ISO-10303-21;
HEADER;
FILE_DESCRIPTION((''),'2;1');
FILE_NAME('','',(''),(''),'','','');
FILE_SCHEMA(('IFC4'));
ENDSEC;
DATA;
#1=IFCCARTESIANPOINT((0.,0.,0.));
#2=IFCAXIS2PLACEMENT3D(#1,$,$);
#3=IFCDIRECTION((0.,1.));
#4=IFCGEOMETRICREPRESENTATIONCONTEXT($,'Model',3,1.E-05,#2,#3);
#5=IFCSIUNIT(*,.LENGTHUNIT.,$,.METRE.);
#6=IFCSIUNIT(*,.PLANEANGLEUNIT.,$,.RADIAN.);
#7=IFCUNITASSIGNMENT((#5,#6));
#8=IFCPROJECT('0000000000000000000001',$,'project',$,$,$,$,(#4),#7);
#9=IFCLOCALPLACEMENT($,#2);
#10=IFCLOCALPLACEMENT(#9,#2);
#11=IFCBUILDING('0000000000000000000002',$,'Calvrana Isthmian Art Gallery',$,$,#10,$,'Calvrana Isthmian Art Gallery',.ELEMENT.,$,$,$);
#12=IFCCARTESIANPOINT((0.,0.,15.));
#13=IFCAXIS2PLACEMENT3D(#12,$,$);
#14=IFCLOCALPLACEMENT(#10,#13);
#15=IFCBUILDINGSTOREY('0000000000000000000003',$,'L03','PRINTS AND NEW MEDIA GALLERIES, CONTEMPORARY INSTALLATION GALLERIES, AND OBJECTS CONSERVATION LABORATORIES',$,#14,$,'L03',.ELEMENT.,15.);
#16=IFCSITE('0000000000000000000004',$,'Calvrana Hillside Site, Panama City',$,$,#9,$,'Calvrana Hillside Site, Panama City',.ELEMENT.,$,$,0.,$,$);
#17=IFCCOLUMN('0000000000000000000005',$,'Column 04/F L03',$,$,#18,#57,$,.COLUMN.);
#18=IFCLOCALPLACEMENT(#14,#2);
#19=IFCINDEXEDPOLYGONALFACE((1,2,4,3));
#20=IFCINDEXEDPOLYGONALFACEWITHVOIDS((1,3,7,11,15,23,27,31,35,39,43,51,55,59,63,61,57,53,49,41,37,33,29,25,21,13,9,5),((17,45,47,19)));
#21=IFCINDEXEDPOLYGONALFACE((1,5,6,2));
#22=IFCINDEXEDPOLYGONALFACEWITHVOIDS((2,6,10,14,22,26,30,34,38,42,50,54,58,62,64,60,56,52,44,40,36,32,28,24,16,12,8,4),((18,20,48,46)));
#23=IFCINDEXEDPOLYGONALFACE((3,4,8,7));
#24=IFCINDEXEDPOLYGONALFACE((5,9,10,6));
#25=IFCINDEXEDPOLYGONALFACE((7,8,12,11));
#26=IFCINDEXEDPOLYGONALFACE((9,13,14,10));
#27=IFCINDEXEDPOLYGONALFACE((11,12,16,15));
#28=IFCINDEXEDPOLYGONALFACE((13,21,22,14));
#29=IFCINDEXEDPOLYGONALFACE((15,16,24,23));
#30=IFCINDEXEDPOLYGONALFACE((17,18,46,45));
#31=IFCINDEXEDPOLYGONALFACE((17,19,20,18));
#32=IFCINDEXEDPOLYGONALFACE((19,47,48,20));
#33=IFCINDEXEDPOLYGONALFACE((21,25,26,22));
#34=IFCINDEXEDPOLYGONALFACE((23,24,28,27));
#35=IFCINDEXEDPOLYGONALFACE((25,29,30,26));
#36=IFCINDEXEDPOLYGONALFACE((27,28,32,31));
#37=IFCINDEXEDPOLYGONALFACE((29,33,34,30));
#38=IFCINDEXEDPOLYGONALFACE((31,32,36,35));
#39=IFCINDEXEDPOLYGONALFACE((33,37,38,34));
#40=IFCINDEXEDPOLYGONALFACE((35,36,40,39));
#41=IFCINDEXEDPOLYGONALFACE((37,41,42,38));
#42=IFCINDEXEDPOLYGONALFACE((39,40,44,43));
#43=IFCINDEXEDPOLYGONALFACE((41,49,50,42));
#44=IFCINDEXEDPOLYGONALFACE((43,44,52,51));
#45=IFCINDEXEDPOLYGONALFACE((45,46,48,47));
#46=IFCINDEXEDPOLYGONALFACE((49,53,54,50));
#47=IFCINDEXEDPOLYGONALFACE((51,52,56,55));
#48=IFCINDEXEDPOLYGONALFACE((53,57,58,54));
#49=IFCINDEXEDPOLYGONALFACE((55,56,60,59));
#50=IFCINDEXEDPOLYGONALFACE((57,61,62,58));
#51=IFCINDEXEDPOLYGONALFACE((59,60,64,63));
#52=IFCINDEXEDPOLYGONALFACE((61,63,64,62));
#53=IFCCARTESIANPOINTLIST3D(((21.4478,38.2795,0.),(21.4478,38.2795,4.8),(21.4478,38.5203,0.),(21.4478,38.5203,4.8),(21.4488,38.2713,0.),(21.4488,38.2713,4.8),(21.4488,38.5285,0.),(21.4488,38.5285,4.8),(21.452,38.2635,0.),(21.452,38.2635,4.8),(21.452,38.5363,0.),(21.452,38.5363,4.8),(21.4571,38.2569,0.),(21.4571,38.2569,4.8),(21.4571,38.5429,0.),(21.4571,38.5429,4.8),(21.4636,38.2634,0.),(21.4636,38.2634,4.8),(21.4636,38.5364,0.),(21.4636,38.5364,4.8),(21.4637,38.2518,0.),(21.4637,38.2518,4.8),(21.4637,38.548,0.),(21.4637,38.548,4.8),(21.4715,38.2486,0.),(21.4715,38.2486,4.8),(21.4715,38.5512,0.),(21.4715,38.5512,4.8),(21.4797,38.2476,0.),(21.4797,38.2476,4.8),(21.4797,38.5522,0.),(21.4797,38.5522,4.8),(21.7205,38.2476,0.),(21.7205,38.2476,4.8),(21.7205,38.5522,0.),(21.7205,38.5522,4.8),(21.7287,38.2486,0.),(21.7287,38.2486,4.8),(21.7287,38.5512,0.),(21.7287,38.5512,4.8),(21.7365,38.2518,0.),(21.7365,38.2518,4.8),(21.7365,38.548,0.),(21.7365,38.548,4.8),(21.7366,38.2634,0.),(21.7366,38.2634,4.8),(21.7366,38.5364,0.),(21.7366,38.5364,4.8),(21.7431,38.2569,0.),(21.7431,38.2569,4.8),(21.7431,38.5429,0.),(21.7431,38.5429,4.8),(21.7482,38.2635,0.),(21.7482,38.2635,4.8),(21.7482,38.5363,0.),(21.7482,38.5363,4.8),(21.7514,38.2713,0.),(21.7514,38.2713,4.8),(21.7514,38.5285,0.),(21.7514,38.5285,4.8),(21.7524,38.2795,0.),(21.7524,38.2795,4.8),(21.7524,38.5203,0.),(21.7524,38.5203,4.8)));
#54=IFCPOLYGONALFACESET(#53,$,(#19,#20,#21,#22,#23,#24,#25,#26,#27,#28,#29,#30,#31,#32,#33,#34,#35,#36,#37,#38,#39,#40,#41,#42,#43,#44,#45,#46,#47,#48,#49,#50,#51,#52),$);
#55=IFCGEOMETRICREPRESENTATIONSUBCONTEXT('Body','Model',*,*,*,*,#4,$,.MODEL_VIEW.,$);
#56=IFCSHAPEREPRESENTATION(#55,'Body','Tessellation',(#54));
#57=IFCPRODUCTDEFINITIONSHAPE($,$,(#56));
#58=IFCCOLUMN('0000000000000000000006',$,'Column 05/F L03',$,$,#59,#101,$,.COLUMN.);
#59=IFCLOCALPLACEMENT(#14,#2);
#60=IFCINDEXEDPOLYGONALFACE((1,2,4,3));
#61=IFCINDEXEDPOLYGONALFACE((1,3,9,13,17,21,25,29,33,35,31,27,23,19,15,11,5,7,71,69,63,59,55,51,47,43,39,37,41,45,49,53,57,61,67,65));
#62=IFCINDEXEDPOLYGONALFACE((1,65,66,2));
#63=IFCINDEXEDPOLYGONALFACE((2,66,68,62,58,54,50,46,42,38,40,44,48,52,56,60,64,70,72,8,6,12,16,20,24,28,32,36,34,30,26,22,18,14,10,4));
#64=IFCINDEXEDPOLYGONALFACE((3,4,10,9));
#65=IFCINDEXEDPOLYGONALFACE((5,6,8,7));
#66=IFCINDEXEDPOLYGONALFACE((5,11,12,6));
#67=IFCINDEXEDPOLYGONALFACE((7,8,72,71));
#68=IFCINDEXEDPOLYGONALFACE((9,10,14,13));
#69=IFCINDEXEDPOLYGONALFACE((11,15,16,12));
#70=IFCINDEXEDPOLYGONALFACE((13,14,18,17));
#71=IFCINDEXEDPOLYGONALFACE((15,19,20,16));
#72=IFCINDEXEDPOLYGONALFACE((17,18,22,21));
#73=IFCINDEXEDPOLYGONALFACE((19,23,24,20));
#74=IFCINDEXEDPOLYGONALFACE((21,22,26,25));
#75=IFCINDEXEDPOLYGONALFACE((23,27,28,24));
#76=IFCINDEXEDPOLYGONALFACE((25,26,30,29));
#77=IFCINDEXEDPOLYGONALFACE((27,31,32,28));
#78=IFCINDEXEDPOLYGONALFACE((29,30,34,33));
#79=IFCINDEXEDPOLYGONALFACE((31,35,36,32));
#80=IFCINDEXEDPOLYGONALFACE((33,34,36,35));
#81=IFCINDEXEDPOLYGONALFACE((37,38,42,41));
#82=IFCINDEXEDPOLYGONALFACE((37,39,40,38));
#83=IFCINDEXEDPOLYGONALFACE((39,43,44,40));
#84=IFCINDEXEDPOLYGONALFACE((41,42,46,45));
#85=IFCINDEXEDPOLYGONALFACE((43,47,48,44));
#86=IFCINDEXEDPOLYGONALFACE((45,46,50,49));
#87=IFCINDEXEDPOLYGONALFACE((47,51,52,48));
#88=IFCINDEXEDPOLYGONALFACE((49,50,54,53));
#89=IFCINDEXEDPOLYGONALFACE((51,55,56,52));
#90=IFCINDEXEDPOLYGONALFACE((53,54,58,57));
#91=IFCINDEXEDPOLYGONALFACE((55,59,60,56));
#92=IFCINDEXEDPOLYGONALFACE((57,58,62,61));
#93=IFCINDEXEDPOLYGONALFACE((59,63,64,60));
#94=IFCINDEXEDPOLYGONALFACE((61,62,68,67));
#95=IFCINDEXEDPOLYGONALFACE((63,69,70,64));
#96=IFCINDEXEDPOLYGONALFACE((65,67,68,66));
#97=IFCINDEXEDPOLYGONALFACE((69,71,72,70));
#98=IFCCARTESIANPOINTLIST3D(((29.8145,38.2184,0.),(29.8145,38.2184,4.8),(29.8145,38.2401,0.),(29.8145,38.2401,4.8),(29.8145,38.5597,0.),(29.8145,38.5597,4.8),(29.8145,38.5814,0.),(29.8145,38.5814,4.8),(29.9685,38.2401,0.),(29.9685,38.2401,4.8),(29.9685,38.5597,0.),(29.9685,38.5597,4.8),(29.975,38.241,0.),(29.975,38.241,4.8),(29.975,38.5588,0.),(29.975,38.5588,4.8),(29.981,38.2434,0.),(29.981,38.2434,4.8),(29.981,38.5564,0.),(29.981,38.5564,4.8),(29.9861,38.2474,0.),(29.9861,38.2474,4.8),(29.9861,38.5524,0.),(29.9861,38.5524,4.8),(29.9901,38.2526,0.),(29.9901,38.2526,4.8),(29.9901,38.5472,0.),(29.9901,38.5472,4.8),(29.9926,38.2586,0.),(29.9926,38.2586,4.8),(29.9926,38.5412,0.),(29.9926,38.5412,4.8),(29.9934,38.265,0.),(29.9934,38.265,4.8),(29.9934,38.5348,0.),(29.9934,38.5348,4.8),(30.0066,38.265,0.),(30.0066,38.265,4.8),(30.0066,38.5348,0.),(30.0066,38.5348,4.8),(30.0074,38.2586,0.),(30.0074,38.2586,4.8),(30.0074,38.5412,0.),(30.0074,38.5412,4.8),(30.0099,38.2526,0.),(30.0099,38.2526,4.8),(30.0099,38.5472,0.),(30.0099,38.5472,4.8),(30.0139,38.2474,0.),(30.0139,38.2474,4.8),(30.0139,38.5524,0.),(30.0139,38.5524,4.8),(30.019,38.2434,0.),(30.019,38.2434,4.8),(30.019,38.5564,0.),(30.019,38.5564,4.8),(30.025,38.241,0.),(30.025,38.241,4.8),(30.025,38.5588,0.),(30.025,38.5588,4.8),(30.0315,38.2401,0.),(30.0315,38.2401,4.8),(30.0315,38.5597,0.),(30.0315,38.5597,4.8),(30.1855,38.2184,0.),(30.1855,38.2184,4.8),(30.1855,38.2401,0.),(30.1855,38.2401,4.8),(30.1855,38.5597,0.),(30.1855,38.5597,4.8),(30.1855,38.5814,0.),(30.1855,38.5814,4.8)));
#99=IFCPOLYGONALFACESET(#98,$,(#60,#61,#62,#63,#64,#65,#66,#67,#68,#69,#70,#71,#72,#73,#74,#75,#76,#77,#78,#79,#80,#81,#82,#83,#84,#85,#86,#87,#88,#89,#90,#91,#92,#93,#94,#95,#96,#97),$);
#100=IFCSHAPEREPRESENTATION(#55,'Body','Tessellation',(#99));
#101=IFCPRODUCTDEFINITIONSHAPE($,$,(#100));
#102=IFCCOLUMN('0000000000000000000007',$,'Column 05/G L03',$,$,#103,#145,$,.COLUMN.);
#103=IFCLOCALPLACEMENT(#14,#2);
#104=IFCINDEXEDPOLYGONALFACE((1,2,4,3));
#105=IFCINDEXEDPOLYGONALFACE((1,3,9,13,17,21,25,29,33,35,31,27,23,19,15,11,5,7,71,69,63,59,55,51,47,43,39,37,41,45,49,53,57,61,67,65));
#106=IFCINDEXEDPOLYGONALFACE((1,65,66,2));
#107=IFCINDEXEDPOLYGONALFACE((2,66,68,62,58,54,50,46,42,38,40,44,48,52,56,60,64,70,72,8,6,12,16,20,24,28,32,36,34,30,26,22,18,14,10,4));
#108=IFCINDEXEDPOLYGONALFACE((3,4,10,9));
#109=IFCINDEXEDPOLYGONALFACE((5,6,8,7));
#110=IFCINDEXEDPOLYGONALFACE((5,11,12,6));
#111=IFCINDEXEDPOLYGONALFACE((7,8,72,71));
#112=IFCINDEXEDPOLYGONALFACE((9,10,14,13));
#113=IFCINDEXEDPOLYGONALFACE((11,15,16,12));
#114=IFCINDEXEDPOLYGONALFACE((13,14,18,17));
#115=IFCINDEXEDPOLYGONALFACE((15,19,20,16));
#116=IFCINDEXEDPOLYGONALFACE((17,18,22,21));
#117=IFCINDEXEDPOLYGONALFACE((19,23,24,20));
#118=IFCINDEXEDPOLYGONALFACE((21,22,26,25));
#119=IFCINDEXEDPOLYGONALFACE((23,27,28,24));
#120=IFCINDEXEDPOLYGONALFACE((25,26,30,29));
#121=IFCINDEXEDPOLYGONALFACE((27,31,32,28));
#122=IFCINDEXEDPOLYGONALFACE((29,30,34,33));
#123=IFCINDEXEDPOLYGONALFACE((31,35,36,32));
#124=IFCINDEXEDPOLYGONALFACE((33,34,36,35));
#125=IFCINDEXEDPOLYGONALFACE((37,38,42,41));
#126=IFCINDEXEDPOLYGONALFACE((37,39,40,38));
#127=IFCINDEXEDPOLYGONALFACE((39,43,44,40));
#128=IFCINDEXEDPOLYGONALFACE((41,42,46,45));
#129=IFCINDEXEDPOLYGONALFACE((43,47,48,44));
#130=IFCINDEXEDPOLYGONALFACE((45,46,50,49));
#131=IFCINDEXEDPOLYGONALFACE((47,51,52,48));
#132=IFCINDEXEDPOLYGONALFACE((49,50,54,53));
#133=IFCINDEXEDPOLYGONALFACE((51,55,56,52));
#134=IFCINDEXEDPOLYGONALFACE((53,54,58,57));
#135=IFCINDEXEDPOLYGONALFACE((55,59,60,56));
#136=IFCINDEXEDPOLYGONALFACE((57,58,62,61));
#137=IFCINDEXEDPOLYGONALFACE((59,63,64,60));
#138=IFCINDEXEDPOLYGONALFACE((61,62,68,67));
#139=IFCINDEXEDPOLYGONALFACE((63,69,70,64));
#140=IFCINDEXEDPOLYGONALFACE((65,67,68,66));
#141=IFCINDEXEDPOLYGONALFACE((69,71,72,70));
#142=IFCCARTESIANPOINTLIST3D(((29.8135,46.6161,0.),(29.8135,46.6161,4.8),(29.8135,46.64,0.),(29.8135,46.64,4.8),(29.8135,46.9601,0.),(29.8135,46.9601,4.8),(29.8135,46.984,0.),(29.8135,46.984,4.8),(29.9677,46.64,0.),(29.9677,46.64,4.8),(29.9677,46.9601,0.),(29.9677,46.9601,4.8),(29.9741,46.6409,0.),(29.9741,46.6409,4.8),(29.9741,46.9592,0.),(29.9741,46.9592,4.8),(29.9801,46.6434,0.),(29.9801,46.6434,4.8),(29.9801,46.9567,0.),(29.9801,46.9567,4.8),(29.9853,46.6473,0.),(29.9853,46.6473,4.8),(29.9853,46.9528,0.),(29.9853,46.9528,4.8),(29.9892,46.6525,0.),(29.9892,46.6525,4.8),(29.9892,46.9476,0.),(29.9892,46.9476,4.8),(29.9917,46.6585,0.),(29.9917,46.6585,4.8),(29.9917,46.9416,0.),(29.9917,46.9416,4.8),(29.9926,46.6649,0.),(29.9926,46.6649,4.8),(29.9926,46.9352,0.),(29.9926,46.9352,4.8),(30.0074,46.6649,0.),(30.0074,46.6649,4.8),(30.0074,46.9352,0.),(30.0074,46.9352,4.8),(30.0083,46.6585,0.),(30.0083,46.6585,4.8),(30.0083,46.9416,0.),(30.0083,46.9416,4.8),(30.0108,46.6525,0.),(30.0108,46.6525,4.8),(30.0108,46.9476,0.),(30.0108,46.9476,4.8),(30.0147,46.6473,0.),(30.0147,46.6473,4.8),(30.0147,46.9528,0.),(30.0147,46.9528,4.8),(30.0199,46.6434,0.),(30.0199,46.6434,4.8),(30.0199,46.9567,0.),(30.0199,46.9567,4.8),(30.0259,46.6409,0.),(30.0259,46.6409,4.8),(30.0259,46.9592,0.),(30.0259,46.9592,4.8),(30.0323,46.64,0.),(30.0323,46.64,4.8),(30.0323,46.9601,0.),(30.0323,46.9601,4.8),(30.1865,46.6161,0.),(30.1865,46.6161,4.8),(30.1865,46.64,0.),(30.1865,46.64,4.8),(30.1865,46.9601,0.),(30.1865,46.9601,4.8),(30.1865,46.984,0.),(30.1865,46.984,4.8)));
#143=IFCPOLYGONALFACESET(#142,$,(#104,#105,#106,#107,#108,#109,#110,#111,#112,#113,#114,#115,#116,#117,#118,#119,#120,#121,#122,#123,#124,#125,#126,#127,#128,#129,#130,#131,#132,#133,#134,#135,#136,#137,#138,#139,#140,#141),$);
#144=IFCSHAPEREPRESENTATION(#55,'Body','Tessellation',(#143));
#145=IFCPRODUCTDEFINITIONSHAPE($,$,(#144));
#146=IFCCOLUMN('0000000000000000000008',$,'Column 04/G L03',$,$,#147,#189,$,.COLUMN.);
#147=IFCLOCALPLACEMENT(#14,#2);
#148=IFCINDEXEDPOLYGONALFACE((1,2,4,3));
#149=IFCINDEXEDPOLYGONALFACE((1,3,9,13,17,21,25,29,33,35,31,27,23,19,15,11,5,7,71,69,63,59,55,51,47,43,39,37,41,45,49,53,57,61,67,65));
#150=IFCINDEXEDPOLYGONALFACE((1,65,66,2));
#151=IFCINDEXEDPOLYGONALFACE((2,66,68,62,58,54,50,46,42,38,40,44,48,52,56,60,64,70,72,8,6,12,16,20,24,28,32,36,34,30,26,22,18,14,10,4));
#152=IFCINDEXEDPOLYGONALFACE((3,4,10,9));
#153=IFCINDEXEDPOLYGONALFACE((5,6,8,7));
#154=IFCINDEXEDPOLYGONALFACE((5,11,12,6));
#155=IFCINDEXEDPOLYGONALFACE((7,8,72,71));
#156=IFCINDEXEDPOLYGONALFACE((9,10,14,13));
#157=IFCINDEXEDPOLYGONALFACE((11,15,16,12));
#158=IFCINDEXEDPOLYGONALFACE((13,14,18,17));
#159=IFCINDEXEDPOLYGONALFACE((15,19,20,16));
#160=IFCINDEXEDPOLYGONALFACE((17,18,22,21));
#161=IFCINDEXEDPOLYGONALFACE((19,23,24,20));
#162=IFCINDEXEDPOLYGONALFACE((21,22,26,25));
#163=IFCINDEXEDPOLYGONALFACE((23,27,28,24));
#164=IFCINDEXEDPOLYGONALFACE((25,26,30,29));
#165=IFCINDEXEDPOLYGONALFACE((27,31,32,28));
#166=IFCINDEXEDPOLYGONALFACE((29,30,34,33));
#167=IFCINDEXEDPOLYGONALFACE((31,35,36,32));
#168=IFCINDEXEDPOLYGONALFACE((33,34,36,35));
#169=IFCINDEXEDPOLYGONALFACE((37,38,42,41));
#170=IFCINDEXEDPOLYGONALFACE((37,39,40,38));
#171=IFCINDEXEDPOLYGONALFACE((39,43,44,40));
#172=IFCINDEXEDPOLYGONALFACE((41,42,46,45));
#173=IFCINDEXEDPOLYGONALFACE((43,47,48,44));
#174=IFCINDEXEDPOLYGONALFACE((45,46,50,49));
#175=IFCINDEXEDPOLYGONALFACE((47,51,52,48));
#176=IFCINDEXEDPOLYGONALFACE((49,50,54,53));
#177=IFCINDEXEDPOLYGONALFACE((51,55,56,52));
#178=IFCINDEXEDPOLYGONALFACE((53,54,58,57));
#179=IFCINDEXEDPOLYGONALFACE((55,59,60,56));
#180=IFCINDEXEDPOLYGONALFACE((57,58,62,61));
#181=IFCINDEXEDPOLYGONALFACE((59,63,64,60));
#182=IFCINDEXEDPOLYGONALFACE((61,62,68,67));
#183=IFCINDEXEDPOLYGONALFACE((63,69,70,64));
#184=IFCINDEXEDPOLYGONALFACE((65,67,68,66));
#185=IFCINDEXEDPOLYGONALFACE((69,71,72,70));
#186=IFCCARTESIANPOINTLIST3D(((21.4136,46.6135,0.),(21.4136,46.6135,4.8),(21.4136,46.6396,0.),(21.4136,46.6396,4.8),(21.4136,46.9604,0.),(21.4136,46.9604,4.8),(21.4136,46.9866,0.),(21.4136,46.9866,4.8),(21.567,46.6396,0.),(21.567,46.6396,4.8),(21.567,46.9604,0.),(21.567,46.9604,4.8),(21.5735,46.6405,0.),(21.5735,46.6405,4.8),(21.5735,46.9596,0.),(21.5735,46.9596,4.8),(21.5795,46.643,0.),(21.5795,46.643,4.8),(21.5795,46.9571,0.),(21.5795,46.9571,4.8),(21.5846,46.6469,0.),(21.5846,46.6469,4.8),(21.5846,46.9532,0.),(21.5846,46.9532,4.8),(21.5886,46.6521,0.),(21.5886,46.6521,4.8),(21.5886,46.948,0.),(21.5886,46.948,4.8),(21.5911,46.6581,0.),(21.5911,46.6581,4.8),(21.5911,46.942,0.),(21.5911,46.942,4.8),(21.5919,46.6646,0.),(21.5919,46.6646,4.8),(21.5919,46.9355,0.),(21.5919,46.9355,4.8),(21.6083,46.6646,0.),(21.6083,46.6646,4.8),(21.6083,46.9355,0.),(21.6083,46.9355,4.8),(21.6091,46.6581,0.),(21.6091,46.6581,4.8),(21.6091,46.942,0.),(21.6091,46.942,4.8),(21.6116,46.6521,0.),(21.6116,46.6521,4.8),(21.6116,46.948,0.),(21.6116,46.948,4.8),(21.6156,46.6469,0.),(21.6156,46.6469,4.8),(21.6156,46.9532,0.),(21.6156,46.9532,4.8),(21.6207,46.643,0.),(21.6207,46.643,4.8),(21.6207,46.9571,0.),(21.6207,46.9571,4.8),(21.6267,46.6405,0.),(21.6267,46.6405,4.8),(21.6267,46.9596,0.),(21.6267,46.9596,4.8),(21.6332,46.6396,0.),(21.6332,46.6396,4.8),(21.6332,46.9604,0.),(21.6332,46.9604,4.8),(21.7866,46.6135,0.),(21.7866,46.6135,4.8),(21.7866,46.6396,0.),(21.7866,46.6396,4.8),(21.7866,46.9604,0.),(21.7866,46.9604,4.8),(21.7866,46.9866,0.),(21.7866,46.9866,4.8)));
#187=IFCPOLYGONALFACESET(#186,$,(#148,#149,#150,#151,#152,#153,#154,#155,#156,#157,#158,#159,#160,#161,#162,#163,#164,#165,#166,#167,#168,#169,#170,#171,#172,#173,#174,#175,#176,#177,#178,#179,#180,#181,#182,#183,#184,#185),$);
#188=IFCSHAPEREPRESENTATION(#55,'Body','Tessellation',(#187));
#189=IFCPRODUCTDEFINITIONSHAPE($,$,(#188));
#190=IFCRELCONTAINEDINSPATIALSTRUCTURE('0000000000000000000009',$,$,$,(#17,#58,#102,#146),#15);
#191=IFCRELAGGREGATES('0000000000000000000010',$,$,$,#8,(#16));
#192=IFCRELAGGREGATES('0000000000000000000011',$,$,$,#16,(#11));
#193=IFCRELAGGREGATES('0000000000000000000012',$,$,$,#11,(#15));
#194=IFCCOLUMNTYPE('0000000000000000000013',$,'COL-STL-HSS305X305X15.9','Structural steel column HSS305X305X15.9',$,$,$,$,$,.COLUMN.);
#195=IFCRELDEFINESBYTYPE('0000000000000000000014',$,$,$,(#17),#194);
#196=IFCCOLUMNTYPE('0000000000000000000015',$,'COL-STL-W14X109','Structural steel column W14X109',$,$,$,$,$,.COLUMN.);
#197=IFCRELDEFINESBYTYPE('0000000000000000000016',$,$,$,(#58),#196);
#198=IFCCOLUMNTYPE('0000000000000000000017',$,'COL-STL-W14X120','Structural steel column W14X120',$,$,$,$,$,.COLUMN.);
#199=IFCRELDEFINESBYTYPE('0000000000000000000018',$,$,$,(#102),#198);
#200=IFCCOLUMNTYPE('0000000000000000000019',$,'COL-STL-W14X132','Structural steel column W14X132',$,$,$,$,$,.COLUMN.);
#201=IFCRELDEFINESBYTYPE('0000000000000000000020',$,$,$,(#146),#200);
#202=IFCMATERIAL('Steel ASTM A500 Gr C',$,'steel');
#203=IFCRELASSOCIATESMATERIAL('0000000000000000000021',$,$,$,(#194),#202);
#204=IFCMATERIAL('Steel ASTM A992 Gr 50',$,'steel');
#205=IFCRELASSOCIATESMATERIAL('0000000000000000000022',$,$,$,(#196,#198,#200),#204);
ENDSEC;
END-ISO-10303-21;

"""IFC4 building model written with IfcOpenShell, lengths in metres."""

from ifc_helpers import new_model, si_unit, direction, frame, origin, origin_2d, place, context, subcontext, project, spatial, hollow_rectangle, i_section, extrude, material, material_profile, profile_set, type_object, element, save


model = new_model("IFC4")

# Units and contexts
model_context = context("Model", 3, precision=1e-05, world=origin(), true_north=direction((0.0, 1.0)))
body_context = subcontext(model_context, "Body", "Model", "MODEL_VIEW")
ifc_project = project(units=[si_unit("LENGTHUNIT", "METRE"), si_unit("PLANEANGLEUNIT", "RADIAN")], contexts=[model_context])

# Site, building, storey
site_placement = place(None, origin())
site = spatial("IfcSite", under=ifc_project, at=site_placement, Name="Calvrana Hillside Site, Panama City", LongName="Calvrana Hillside Site, Panama City", CompositionType="ELEMENT", RefElevation=0.0)
building_placement = place(site_placement, origin())
building = spatial("IfcBuilding", under=site, at=building_placement, Name="Calvrana Isthmian Art Gallery", LongName="Calvrana Isthmian Art Gallery", CompositionType="ELEMENT")
storey_placement = place(building_placement, frame((0.0, 0.0, 15.0)))
storey = spatial("IfcBuildingStorey", under=building, at=storey_placement, Name="L03", Description="PRINTS AND NEW MEDIA GALLERIES, CONTEMPORARY INSTALLATION GALLERIES, AND OBJECTS CONSERVATION LABORATORIES", LongName="L03", CompositionType="ELEMENT", Elevation=15.0)

# Columns
ifc_material_1 = material(Name="Steel ASTM A500 Gr C", Category="steel")
ifc_material_profile_1 = material_profile(ifc_material_1, hollow_rectangle(XDim=0.3047, YDim=0.3047, WallThickness=0.0159, OuterFilletRadius=0.032, at=origin_2d()), Name="HSS305X305X15.9")
ifc_profile_set_1 = profile_set([ifc_material_profile_1], Name="Steel ASTM A500 Gr C")
column_type_1 = type_object("IfcColumnType", Name="COL-STL-HSS305X305X15.9", Description="Structural steel column HSS305X305X15.9", PredefinedType="COLUMN", material=ifc_profile_set_1)
column_1_placement = place(storey_placement, frame((21.6001, 38.3999, 0.0), z_axis=(0.0, 0.0, 1.0), x_axis=(1.0, 0.0, 0.0)))
element("IfcColumn", 1, at=column_1_placement, inside=storey, type_object=column_type_1, Name="Column 04/F L03", PredefinedType="COLUMN", context=body_context, shape_type="SweptSolid", body=[
    extrude(hollow_rectangle(XDim=0.3047, YDim=0.3047, WallThickness=0.0159, OuterFilletRadius=0.032, at=origin_2d()), origin(), (0.0, 0.0, 1.0), 4.8),
])
ifc_material_2 = material(Name="Steel ASTM A992 Gr 50", Category="steel")
ifc_material_profile_2 = material_profile(ifc_material_2, i_section(OverallWidth=0.3711, OverallDepth=0.363, WebThickness=0.0132, FlangeThickness=0.0217, FilletRadius=0.0249, at=origin_2d()), Name="W14X109")
ifc_profile_set_2 = profile_set([ifc_material_profile_2], Name="Steel ASTM A992 Gr 50")
column_type_2 = type_object("IfcColumnType", Name="COL-STL-W14X109", Description="Structural steel column W14X109", PredefinedType="COLUMN", material=ifc_profile_set_2)
column_2_placement = place(storey_placement, frame((30.0, 38.3999, 0.0), z_axis=(0.0, 0.0, 1.0), x_axis=(1.0, 0.0, 0.0)))
element("IfcColumn", 2, at=column_2_placement, inside=storey, type_object=column_type_2, Name="Column 05/F L03", PredefinedType="COLUMN", context=body_context, shape_type="SweptSolid", body=[
    extrude(i_section(OverallWidth=0.3711, OverallDepth=0.363, WebThickness=0.0132, FlangeThickness=0.0217, FilletRadius=0.0249, at=origin_2d()), origin(), (0.0, 0.0, 1.0), 4.8),
])
ifc_material_profile_3 = material_profile(ifc_material_2, i_section(OverallWidth=0.373, OverallDepth=0.3679, WebThickness=0.0149, FlangeThickness=0.0239, FilletRadius=0.0249, at=origin_2d()), Name="W14X120")
ifc_profile_set_3 = profile_set([ifc_material_profile_3], Name="Steel ASTM A992 Gr 50")
column_type_3 = type_object("IfcColumnType", Name="COL-STL-W14X120", Description="Structural steel column W14X120", PredefinedType="COLUMN", material=ifc_profile_set_3)
column_3_placement = place(storey_placement, frame((30.0, 46.8, 0.0), z_axis=(0.0, 0.0, 1.0), x_axis=(1.0, 0.0, 0.0)))
element("IfcColumn", 3, at=column_3_placement, inside=storey, type_object=column_type_3, Name="Column 05/G L03", PredefinedType="COLUMN", context=body_context, shape_type="SweptSolid", body=[
    extrude(i_section(OverallWidth=0.373, OverallDepth=0.3679, WebThickness=0.0149, FlangeThickness=0.0239, FilletRadius=0.0249, at=origin_2d()), origin(), (0.0, 0.0, 1.0), 4.8),
])
ifc_material_profile_4 = material_profile(ifc_material_2, i_section(OverallWidth=0.373, OverallDepth=0.373, WebThickness=0.0164, FlangeThickness=0.0261, FilletRadius=0.0249, at=origin_2d()), Name="W14X132")
ifc_profile_set_4 = profile_set([ifc_material_profile_4], Name="Steel ASTM A992 Gr 50")
column_type_4 = type_object("IfcColumnType", Name="COL-STL-W14X132", Description="Structural steel column W14X132", PredefinedType="COLUMN", material=ifc_profile_set_4)
column_4_placement = place(storey_placement, frame((21.6001, 46.8, 0.0), z_axis=(0.0, 0.0, 1.0), x_axis=(1.0, 0.0, 0.0)))
element("IfcColumn", 4, at=column_4_placement, inside=storey, type_object=column_type_4, Name="Column 04/G L03", PredefinedType="COLUMN", context=body_context, shape_type="SweptSolid", body=[
    extrude(i_section(OverallWidth=0.373, OverallDepth=0.373, WebThickness=0.0164, FlangeThickness=0.0261, FilletRadius=0.0249, at=origin_2d()), origin(), (0.0, 0.0, 1.0), 4.8),
])

save(model, "model.ifc")
